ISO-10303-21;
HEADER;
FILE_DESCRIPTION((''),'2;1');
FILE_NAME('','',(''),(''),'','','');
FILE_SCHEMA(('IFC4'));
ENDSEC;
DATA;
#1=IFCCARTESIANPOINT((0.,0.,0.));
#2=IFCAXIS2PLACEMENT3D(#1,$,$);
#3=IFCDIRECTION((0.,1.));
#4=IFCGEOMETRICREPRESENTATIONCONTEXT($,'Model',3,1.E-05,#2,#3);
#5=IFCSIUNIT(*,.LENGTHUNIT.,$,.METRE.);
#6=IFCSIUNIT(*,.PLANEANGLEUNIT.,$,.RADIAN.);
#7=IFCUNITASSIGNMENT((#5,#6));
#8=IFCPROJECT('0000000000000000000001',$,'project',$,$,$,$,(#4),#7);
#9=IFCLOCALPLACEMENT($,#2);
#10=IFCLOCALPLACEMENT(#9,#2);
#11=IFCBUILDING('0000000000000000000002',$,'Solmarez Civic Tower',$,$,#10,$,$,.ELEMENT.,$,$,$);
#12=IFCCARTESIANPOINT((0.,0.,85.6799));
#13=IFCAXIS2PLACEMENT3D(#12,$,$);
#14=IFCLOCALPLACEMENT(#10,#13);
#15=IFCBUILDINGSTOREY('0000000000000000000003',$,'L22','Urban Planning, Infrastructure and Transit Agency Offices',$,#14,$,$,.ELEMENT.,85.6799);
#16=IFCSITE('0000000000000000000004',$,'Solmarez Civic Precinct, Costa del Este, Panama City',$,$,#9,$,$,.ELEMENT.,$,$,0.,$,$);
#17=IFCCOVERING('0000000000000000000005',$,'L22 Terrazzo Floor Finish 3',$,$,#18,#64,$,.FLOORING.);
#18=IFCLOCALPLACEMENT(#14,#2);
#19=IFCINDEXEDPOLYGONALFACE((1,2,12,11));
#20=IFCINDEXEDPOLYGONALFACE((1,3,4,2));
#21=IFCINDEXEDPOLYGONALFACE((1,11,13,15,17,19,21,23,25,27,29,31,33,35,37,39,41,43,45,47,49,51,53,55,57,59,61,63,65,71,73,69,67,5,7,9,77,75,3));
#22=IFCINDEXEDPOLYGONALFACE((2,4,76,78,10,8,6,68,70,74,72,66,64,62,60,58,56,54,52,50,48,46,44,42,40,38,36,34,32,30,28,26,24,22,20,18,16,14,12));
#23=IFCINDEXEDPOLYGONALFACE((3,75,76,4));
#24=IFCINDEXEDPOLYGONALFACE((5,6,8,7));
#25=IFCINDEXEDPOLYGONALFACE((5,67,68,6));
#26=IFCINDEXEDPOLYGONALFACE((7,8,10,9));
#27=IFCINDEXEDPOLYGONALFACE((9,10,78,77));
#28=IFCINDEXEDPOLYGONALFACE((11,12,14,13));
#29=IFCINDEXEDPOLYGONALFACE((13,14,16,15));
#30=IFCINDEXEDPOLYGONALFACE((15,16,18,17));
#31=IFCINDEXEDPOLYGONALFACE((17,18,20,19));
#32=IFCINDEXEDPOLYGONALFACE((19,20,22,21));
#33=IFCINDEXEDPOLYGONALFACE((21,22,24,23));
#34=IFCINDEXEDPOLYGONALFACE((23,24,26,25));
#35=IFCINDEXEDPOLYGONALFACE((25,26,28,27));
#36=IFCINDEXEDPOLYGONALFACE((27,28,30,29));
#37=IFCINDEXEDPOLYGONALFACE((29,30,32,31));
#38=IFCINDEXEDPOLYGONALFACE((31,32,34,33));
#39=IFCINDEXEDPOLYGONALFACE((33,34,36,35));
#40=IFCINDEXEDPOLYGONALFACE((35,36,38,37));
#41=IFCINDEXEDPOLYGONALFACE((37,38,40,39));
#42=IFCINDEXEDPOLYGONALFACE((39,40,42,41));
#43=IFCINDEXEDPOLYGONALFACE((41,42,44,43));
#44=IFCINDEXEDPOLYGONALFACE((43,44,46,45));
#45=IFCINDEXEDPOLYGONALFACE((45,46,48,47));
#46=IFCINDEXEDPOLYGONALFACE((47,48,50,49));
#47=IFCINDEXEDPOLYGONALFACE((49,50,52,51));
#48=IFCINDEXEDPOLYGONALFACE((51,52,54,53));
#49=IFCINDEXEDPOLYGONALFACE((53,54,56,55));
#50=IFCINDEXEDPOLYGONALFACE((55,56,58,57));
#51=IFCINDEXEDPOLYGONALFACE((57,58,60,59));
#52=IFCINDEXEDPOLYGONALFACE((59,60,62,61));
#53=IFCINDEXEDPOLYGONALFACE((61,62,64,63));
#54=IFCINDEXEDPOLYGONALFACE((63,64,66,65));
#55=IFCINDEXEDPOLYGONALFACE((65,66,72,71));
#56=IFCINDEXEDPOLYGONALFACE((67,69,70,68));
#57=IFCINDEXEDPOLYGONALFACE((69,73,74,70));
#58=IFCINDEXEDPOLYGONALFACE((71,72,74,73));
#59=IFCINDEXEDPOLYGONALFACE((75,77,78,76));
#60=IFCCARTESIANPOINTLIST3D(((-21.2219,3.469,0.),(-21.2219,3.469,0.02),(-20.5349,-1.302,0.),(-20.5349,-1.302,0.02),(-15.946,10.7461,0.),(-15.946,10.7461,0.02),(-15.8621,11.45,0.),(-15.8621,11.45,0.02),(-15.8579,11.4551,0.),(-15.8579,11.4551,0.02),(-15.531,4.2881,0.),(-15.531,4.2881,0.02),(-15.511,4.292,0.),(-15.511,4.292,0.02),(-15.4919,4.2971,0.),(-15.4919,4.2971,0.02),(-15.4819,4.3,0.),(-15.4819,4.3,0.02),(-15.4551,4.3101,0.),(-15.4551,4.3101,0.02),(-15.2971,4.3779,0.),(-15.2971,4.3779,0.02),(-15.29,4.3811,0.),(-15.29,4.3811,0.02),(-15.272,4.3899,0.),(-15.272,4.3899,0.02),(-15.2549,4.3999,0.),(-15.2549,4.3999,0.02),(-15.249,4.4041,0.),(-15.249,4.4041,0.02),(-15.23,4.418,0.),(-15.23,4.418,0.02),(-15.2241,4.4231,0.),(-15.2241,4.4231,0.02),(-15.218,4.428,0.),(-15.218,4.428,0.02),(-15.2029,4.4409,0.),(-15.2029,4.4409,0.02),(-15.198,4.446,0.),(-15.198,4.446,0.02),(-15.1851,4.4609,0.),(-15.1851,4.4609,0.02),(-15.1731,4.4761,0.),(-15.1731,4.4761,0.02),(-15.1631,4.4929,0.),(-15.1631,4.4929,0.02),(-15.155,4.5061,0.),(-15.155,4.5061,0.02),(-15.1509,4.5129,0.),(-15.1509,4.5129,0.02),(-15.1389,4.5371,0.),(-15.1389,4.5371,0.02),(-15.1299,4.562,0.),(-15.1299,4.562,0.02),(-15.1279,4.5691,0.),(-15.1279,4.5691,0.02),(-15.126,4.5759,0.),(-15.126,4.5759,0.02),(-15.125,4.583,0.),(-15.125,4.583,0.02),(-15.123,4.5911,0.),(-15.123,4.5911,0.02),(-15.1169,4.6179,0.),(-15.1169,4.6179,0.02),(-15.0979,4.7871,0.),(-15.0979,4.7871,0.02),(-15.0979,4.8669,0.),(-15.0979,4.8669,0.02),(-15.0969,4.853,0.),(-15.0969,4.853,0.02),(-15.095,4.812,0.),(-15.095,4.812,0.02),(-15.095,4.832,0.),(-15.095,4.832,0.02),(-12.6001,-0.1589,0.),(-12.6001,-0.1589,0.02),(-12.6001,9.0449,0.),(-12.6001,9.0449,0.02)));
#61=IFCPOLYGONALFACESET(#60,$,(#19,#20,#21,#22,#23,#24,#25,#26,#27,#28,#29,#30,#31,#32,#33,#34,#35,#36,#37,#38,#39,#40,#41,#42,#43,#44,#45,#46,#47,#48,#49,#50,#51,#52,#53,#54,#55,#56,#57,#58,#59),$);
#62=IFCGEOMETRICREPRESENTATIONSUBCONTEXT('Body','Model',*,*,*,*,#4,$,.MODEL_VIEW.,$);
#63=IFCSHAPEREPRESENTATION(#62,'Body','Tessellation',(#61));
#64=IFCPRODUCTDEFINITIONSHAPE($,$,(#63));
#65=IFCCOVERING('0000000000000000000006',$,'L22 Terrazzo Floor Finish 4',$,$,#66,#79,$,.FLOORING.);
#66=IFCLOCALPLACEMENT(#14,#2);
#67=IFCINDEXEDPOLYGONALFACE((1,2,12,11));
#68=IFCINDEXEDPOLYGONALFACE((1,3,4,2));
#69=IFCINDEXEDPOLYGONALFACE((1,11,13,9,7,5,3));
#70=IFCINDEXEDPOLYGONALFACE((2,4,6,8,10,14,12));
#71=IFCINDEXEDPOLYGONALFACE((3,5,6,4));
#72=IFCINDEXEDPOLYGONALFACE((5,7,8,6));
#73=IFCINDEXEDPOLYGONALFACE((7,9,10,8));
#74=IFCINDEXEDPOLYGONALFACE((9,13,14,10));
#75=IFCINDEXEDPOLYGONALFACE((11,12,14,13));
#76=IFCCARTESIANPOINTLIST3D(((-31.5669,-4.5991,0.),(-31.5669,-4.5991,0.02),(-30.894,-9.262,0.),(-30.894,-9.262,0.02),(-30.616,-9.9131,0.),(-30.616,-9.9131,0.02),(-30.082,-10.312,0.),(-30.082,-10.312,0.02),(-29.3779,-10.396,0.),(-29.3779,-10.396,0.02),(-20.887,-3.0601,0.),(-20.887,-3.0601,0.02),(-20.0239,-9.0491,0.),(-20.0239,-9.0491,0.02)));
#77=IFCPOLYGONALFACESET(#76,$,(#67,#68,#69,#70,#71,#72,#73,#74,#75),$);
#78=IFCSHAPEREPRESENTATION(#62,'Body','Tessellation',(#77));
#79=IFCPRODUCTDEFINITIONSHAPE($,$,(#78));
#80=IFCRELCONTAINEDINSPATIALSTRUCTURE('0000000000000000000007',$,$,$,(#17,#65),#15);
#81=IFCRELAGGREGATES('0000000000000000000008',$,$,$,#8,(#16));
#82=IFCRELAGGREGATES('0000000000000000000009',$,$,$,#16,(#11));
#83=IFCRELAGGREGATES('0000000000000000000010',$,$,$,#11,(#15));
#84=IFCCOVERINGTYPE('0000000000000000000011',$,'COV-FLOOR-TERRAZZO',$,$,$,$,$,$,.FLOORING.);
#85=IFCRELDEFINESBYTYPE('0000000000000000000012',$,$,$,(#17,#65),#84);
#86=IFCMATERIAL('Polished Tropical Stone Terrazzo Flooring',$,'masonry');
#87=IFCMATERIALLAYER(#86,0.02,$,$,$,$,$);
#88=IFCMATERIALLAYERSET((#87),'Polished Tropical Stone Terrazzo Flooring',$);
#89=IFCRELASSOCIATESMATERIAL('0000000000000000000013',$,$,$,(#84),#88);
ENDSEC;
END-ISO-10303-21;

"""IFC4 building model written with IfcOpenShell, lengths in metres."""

from ifc_helpers import new_model, si_unit, direction, frame, origin, place, context, subcontext, project, spatial, polyline, outline, extrude, material, layer, layer_set, type_object, element, save


model = new_model("IFC4")

# Units and contexts
model_context = context("Model", 3, precision=1e-05, world=origin(), true_north=direction((0.0, 1.0)))
body_context = subcontext(model_context, "Body", "Model", "MODEL_VIEW")
ifc_project = project(units=[si_unit("LENGTHUNIT", "METRE"), si_unit("PLANEANGLEUNIT", "RADIAN")], contexts=[model_context])

# Site, building, storey
site_placement = place(None, origin())
site = spatial("IfcSite", under=ifc_project, at=site_placement, Name="Solmarez Civic Precinct, Costa del Este, Panama City", CompositionType="ELEMENT", RefElevation=0.0)
building_placement = place(site_placement, origin())
building = spatial("IfcBuilding", under=site, at=building_placement, Name="Solmarez Civic Tower", CompositionType="ELEMENT")
storey_placement = place(building_placement, frame((0.0, 0.0, 85.6799)))
storey = spatial("IfcBuildingStorey", under=building, at=storey_placement, Name="L22", Description="Urban Planning, Infrastructure and Transit Agency Offices", CompositionType="ELEMENT", Elevation=85.6799)

# Coverings
ifc_material_1 = material(Name="Polished Tropical Stone Terrazzo Flooring", Category="masonry")
ifc_layer_1 = layer(ifc_material_1, 0.02)
ifc_layer_set_1 = layer_set([ifc_layer_1], Name="Polished Tropical Stone Terrazzo Flooring")
covering_type_1 = type_object("IfcCoveringType", Name="COV-FLOOR-TERRAZZO", PredefinedType="FLOORING", material=ifc_layer_set_1)
covering_1_placement = place(storey_placement, origin())
element("IfcCovering", 1, at=covering_1_placement, inside=storey, type_object=covering_type_1, Name="L22 Terrazzo Floor Finish 3", PredefinedType="FLOORING", context=body_context, shape_type="SweptSolid", body=[
    extrude(outline(polyline([(-15.1631, 4.4929), (-15.1731, 4.4761), (-15.1851, 4.4609), (-15.198, 4.446), (-15.2029, 4.4409), (-15.218, 4.428), (-15.2241, 4.4231), (-15.23, 4.418), (-15.249, 4.4041), (-15.2549, 4.3999), (-15.272, 4.3899), (-15.29, 4.3811), (-15.2971, 4.3779), (-15.4551, 4.3101), (-15.4819, 4.3), (-15.4919, 4.2971), (-15.511, 4.292), (-15.531, 4.2881), (-21.2219, 3.469), (-20.5349, -1.302), (-12.6001, -0.1589), (-12.6001, 9.0449), (-15.8579, 11.4551), (-15.8621, 11.45), (-15.946, 10.7461), (-15.0979, 4.8669), (-15.0969, 4.853), (-15.095, 4.832), (-15.095, 4.812), (-15.0979, 4.7871), (-15.1169, 4.6179), (-15.123, 4.5911), (-15.125, 4.583), (-15.126, 4.5759), (-15.1279, 4.5691), (-15.1299, 4.562), (-15.1389, 4.5371), (-15.1509, 4.5129), (-15.155, 4.5061), (-15.1631, 4.4929)])), origin(), (0.0, 0.0, 1.0), 0.02),
])
covering_2_placement = place(storey_placement, origin())
element("IfcCovering", 2, at=covering_2_placement, inside=storey, type_object=covering_type_1, Name="L22 Terrazzo Floor Finish 4", PredefinedType="FLOORING", context=body_context, shape_type="SweptSolid", body=[
    extrude(outline(polyline([(-31.5669, -4.5991), (-30.894, -9.262), (-30.616, -9.9131), (-30.082, -10.312), (-29.3779, -10.396), (-20.0239, -9.0491), (-20.887, -3.0601), (-31.5669, -4.5991)])), origin(), (0.0, 0.0, 1.0), 0.02),
])

save(model, "model.ifc")
